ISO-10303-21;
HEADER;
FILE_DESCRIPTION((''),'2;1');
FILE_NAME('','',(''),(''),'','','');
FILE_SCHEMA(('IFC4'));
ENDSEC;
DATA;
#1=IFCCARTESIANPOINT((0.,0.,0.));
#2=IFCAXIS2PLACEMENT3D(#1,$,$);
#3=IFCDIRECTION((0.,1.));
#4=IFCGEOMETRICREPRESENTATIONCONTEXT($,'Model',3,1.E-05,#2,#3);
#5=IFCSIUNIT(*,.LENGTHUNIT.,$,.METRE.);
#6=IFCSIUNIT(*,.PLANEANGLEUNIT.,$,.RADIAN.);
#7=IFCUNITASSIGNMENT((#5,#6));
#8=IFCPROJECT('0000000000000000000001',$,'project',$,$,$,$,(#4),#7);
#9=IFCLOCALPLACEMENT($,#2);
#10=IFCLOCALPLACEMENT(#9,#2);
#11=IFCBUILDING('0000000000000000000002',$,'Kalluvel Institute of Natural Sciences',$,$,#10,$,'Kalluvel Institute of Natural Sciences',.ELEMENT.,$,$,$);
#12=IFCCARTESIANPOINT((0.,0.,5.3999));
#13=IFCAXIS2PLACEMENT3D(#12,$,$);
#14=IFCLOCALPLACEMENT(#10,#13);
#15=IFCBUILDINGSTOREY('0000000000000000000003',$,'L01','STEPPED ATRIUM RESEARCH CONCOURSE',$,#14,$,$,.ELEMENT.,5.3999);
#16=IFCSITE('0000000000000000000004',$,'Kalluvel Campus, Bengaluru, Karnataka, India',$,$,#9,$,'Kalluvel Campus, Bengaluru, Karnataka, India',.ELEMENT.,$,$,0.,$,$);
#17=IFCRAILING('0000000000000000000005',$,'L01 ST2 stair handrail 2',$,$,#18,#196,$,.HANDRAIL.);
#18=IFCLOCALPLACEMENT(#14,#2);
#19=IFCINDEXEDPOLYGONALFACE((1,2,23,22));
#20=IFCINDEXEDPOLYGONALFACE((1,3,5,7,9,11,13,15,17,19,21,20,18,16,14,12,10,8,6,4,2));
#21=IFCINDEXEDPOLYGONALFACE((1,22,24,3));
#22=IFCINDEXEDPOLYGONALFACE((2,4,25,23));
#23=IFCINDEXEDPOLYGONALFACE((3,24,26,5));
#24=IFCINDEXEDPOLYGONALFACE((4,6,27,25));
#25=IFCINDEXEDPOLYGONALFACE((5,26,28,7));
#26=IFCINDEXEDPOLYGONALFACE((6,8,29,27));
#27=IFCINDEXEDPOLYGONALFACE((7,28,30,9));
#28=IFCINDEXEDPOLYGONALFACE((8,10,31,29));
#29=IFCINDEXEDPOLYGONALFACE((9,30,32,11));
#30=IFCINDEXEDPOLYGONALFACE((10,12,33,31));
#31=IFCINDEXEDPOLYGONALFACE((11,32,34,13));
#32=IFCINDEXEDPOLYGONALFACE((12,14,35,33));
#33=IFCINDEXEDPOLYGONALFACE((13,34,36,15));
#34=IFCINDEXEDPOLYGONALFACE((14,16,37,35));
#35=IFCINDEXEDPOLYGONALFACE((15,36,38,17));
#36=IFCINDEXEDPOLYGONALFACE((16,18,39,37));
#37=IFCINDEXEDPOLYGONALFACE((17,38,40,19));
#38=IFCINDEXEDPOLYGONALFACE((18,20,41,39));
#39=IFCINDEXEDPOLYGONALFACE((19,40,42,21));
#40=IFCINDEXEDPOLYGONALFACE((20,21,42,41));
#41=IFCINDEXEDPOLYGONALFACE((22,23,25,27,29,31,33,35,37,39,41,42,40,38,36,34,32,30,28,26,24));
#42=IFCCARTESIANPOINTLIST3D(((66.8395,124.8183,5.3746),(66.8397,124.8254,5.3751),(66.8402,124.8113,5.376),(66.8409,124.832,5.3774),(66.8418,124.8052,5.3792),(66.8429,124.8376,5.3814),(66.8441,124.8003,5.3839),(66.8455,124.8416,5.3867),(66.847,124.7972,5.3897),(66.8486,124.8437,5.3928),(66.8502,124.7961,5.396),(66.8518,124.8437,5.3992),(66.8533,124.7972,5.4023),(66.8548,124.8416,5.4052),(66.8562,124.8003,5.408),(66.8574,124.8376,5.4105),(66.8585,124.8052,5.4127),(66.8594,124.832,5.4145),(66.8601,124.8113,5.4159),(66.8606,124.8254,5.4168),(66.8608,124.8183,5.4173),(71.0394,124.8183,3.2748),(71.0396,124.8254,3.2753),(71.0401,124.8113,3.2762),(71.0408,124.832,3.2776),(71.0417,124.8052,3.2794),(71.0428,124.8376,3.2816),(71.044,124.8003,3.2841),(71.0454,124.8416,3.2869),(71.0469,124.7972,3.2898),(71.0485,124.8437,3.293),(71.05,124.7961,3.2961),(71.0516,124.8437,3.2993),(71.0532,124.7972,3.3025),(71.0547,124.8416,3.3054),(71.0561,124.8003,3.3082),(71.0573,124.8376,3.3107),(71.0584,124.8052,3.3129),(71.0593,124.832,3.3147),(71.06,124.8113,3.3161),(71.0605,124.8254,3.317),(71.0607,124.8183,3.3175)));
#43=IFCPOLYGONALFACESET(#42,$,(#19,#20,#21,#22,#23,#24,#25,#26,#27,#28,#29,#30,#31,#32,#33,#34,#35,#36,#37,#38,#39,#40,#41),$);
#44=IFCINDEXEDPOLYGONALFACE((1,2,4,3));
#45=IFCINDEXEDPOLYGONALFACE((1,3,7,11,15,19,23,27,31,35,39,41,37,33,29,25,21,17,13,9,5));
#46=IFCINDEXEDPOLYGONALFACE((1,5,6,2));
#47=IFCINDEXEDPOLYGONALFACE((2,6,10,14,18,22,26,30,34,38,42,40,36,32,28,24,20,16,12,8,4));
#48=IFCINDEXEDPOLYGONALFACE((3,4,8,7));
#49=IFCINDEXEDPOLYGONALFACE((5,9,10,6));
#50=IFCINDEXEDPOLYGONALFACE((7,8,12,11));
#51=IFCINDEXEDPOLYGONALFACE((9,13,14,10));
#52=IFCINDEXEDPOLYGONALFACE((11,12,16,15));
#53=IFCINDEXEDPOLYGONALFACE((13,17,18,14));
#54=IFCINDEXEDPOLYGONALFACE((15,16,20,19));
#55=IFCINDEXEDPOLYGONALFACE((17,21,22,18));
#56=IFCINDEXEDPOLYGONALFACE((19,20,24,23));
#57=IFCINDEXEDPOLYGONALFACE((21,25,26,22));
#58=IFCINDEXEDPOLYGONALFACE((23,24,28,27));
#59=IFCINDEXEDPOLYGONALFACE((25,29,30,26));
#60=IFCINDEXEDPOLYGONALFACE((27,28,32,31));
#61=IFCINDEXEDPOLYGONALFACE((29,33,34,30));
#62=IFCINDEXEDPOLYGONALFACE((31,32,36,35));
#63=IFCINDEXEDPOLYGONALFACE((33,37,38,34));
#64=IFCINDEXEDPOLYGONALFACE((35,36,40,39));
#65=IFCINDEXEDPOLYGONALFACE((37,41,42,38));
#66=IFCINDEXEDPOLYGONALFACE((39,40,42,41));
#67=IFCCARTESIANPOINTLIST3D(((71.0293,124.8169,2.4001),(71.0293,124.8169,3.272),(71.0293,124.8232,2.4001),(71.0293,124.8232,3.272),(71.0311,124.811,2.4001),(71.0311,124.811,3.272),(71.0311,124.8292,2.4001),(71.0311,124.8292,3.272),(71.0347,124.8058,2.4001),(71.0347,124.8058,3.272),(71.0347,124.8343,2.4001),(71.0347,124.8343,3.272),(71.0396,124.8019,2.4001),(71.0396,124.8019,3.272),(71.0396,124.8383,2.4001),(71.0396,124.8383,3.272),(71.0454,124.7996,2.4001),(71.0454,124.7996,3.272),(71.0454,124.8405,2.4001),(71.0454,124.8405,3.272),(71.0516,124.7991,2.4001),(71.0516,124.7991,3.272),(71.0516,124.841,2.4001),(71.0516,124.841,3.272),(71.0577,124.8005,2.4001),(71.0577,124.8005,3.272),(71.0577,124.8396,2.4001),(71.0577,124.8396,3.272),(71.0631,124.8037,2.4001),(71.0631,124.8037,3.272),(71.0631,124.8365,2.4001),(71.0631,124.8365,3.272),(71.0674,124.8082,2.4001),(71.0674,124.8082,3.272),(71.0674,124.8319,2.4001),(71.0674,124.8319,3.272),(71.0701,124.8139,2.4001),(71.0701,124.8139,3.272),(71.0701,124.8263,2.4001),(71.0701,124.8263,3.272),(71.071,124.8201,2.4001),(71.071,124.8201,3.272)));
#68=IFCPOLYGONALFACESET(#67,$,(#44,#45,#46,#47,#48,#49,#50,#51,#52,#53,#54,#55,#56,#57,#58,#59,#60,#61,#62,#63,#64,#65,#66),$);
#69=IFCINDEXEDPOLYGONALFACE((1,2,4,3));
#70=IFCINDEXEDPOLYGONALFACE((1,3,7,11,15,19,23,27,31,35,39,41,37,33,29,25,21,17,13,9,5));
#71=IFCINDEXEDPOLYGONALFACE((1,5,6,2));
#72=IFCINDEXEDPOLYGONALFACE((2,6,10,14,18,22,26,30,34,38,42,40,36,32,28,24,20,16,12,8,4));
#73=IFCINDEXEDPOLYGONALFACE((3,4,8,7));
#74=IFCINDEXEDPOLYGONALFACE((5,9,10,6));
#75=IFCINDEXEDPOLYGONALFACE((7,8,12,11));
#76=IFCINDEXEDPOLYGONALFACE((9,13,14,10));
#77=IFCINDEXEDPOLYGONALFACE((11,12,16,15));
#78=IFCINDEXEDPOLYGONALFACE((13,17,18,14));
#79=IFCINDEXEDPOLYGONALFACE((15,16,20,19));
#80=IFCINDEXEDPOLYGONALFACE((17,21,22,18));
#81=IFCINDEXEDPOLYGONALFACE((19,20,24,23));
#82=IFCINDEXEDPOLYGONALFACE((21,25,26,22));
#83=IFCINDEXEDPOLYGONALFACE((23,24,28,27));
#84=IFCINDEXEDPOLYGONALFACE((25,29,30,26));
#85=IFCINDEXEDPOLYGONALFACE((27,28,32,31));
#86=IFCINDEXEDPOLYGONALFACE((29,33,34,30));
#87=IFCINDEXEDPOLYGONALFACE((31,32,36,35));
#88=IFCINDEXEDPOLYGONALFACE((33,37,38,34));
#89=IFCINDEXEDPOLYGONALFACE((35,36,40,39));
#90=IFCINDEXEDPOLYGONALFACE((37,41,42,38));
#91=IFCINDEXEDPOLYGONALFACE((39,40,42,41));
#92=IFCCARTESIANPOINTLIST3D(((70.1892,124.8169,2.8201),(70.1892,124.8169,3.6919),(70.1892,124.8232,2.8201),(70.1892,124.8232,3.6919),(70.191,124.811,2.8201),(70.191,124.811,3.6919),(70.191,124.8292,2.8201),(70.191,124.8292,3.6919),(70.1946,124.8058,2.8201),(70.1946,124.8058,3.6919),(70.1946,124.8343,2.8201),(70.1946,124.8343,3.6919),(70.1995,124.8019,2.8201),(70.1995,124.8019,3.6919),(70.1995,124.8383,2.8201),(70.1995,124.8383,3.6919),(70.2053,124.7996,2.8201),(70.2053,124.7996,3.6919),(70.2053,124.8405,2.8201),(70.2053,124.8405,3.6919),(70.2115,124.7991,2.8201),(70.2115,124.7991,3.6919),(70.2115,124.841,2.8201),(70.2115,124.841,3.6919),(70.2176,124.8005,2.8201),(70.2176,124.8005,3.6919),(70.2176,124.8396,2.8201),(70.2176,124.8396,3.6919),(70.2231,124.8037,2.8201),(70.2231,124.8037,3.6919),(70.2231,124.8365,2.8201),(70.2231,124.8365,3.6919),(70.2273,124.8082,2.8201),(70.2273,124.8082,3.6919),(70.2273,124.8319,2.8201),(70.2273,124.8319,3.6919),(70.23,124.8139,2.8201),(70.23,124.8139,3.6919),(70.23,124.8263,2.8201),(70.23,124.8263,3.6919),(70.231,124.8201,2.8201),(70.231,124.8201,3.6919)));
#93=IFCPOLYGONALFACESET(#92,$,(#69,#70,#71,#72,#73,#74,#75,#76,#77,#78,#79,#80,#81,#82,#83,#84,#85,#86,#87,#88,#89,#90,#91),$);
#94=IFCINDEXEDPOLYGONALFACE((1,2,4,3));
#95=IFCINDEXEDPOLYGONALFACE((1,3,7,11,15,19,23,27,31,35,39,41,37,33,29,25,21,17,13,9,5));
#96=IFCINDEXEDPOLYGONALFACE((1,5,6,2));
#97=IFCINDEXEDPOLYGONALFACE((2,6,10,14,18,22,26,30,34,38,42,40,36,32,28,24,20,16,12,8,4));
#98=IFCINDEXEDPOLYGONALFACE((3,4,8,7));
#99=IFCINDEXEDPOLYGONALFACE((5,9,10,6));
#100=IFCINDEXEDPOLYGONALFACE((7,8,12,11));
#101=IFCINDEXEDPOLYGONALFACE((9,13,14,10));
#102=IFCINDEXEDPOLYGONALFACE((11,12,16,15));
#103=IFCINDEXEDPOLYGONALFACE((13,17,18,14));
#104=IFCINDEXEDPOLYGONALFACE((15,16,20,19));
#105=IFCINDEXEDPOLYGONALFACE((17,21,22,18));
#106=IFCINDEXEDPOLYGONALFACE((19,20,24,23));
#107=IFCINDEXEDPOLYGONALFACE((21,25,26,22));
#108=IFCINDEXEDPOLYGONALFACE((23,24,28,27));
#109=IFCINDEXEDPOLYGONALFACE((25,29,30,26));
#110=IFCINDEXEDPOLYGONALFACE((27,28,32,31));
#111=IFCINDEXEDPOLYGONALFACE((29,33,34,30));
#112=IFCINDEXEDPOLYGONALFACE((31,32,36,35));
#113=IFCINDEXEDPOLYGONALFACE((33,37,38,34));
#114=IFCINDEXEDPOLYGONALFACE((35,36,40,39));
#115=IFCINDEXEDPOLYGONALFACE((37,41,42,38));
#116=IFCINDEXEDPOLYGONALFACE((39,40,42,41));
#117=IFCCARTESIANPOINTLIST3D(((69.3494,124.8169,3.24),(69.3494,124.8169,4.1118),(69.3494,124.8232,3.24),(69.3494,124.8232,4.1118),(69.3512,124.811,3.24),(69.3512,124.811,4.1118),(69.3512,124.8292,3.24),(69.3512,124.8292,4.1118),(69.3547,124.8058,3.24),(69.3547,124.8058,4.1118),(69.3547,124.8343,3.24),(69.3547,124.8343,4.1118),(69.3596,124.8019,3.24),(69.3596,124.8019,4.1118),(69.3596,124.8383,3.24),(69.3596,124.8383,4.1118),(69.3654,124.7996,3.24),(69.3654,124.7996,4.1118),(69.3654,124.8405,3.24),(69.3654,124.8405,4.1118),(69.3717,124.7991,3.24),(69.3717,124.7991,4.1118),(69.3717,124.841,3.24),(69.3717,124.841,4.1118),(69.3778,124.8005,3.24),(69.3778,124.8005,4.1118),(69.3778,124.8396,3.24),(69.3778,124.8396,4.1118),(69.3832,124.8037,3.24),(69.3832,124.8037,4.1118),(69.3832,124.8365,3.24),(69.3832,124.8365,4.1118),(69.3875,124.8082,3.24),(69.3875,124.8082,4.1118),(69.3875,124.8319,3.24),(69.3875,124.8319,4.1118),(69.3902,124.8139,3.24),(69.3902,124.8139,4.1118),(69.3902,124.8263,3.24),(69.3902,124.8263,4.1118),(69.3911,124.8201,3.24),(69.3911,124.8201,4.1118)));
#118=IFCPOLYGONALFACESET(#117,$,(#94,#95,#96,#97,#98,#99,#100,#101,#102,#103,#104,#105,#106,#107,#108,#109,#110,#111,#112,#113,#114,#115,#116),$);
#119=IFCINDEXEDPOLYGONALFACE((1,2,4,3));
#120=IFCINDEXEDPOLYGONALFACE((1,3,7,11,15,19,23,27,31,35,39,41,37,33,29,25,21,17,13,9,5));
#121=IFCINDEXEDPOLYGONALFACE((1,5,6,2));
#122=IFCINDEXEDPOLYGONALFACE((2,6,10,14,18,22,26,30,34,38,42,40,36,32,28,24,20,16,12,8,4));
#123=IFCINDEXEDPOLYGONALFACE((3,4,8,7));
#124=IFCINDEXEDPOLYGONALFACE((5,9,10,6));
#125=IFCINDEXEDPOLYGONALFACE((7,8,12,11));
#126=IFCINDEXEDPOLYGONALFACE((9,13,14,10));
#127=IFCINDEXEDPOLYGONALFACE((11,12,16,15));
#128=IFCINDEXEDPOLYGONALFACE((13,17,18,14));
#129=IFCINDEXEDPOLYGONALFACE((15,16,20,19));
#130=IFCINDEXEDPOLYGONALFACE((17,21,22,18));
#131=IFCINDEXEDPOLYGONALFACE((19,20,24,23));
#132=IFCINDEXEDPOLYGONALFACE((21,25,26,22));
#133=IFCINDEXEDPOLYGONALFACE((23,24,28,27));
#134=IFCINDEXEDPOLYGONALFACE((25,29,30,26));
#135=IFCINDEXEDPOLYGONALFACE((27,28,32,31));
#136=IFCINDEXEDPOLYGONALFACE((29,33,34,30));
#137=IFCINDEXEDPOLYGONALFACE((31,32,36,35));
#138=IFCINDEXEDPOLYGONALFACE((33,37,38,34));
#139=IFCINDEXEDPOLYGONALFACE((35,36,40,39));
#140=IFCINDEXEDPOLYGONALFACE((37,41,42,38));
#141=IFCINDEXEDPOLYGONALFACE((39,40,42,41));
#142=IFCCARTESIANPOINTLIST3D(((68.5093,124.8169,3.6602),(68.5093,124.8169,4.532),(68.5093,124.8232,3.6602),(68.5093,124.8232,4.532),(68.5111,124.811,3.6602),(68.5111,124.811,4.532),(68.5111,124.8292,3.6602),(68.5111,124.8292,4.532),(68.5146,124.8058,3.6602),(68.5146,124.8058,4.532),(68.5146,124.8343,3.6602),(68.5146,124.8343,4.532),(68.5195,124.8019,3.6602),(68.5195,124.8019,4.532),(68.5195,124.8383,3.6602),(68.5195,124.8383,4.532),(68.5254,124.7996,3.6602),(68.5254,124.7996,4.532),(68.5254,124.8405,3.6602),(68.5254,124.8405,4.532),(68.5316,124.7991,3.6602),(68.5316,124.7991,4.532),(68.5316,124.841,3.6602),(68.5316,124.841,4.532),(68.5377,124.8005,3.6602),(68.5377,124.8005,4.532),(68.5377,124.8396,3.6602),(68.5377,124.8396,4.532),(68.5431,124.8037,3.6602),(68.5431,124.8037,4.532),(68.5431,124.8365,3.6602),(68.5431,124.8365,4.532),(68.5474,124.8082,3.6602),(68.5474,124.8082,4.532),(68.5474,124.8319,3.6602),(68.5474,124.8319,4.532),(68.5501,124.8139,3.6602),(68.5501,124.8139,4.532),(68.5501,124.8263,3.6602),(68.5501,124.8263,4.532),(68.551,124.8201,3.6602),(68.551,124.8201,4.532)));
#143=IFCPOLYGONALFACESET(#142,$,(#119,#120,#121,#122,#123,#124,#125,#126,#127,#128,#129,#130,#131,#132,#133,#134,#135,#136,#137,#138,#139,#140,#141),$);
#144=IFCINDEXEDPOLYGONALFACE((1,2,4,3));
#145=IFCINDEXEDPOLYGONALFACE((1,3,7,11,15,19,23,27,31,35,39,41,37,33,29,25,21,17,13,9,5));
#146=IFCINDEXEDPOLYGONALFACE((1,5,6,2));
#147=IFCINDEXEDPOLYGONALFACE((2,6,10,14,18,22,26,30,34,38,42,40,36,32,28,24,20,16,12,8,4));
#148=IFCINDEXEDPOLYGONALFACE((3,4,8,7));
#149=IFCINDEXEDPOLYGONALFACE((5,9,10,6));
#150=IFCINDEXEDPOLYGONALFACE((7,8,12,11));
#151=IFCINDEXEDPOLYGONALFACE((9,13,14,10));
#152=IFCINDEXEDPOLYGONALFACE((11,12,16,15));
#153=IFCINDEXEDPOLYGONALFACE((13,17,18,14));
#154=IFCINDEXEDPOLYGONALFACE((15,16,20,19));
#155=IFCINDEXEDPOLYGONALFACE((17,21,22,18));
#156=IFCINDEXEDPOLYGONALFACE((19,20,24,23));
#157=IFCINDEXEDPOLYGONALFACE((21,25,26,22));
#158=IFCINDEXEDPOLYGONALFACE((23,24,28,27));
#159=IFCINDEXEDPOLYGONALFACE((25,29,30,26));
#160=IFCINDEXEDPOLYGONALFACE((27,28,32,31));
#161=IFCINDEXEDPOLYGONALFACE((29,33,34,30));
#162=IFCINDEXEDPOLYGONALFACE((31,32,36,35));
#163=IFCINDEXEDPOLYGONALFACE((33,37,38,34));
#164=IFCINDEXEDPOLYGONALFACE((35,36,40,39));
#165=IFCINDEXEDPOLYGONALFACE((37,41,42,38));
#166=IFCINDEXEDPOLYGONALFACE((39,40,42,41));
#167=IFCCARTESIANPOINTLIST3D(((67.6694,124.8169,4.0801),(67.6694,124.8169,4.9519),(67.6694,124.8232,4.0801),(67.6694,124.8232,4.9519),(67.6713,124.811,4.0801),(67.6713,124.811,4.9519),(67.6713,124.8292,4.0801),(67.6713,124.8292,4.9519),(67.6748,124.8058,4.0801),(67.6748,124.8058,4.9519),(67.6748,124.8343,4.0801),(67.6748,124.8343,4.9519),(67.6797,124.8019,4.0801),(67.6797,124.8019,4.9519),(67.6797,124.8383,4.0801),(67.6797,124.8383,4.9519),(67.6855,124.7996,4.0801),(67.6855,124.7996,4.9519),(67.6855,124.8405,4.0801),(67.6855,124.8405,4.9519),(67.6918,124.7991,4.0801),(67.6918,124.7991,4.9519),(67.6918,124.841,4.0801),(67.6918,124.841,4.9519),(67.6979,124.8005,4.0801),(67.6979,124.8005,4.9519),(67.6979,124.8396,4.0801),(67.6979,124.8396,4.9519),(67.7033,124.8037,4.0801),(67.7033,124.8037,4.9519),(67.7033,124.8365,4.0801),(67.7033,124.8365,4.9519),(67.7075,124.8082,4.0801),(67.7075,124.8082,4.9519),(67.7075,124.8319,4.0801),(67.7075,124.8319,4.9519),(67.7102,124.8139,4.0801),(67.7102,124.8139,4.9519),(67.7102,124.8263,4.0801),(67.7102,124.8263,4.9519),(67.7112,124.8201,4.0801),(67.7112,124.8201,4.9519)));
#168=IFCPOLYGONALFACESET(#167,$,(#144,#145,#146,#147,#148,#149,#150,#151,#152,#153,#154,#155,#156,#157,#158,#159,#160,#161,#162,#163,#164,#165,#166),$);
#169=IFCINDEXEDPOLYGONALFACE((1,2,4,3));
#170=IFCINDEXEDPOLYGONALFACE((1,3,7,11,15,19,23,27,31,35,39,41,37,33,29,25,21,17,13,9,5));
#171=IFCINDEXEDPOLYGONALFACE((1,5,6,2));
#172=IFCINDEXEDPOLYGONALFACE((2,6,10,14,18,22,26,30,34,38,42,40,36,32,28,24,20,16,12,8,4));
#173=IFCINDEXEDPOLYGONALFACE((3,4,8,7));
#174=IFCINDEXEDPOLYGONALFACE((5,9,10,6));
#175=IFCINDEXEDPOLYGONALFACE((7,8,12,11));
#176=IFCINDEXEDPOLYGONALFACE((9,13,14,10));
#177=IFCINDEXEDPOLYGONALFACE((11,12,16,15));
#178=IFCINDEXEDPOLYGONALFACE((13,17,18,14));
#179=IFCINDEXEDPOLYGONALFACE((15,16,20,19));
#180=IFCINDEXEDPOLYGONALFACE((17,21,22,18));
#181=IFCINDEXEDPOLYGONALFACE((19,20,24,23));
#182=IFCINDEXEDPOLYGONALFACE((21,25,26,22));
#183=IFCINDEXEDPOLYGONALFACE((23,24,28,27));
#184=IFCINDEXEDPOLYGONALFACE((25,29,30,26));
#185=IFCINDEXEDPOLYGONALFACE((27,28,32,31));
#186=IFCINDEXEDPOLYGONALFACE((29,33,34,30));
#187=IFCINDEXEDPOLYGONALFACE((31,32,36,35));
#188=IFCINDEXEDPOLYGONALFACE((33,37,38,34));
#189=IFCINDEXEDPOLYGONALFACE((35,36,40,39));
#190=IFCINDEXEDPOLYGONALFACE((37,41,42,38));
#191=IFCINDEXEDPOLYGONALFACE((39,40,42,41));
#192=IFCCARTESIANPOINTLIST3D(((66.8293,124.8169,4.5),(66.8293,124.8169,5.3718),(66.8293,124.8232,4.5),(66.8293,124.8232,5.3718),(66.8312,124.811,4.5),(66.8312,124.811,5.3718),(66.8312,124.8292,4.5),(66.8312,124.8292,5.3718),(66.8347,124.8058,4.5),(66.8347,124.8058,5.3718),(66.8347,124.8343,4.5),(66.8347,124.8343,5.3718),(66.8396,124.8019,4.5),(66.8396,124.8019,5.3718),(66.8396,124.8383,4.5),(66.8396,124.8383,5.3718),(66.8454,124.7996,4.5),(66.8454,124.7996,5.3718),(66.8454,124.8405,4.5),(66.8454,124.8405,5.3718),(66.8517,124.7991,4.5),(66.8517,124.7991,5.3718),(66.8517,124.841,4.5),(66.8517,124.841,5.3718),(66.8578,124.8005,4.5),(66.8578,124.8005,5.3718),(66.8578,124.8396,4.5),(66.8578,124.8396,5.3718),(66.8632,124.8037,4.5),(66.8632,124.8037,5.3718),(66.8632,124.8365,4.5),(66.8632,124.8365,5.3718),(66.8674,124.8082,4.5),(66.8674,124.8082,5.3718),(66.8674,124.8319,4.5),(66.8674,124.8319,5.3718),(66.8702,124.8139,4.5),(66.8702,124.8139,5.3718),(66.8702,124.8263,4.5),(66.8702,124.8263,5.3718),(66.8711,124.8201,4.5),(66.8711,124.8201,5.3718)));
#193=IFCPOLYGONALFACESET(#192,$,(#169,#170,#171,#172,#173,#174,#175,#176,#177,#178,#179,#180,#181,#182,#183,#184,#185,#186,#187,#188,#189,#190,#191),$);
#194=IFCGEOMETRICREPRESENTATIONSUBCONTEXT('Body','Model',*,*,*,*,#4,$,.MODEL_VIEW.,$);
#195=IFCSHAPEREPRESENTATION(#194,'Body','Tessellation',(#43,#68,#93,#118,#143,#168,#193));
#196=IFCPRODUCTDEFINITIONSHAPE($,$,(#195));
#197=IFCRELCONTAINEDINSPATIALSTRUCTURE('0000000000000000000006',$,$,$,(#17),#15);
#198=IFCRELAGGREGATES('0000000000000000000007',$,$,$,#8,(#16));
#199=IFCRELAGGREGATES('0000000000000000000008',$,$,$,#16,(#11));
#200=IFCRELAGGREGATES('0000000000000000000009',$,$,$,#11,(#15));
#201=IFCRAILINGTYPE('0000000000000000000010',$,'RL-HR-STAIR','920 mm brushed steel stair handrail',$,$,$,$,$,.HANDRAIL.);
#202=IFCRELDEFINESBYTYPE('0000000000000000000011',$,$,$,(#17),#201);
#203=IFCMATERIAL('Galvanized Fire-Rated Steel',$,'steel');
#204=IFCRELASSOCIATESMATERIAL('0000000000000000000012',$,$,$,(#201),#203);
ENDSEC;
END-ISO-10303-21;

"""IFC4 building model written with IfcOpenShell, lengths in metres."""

from ifc_helpers import new_model, si_unit, direction, frame, origin, origin_2d, place, context, subcontext, project, spatial, circle, extrude, material, type_object, element, save


model = new_model("IFC4")

# Units and contexts
model_context = context("Model", 3, precision=1e-05, world=origin(), true_north=direction((0.0, 1.0)))
body_context = subcontext(model_context, "Body", "Model", "MODEL_VIEW")
ifc_project = project(units=[si_unit("LENGTHUNIT", "METRE"), si_unit("PLANEANGLEUNIT", "RADIAN")], contexts=[model_context])

# Site, building, storey
site_placement = place(None, origin())
site = spatial("IfcSite", under=ifc_project, at=site_placement, Name="Kalluvel Campus, Bengaluru, Karnataka, India", LongName="Kalluvel Campus, Bengaluru, Karnataka, India", CompositionType="ELEMENT", RefElevation=0.0)
building_placement = place(site_placement, origin())
building = spatial("IfcBuilding", under=site, at=building_placement, Name="Kalluvel Institute of Natural Sciences", LongName="Kalluvel Institute of Natural Sciences", CompositionType="ELEMENT")
storey_placement = place(building_placement, frame((0.0, 0.0, 5.3999)))
storey = spatial("IfcBuildingStorey", under=building, at=storey_placement, Name="L01", Description="STEPPED ATRIUM RESEARCH CONCOURSE", CompositionType="ELEMENT", Elevation=5.3999)

# Shared definitions
ifc_material_1 = material(Name="Galvanized Fire-Rated Steel", Category="steel")

# Railing
railing_type_1 = type_object("IfcRailingType", Name="RL-HR-STAIR", Description="920 mm brushed steel stair handrail", PredefinedType="HANDRAIL", material=ifc_material_1)
railing_1_placement = place(storey_placement, frame((71.05, 124.8201, 2.4001)))
element("IfcRailing", 1, at=railing_1_placement, inside=storey, type_object=railing_type_1, Name="L01 ST2 stair handrail 2", PredefinedType="HANDRAIL", context=body_context, shape_type="SweptSolid", body=[
    extrude(circle(Radius=0.0239, at=origin_2d()), frame((0.0, 0.0, 0.896), z_axis=(-0.894438, 0.0, 0.447193), x_axis=(0.0, -1.0, 0.0)), (0.0, 0.0, 1.0), 4.6956),
    extrude(circle(Radius=0.021, at=origin_2d()), origin(), (0.0, 0.0, 1.0), 0.8718),
    extrude(circle(Radius=0.021, at=origin_2d()), frame((-0.8401, 0.0, 0.4199)), (0.0, 0.0, 1.0), 0.8718),
    extrude(circle(Radius=0.021, at=origin_2d()), frame((-1.6799, 0.0, 0.8398)), (0.0, 0.0, 1.0), 0.8718),
    extrude(circle(Radius=0.021, at=origin_2d()), frame((-2.52, 0.0, 1.26)), (0.0, 0.0, 1.0), 0.8718),
    extrude(circle(Radius=0.021, at=origin_2d()), frame((-3.3599, 0.0, 1.6799)), (0.0, 0.0, 1.0), 0.8718),
    extrude(circle(Radius=0.021, at=origin_2d()), frame((-4.2, 0.0, 2.0999)), (0.0, 0.0, 1.0), 0.8718),
])

save(model, "model.ifc")
